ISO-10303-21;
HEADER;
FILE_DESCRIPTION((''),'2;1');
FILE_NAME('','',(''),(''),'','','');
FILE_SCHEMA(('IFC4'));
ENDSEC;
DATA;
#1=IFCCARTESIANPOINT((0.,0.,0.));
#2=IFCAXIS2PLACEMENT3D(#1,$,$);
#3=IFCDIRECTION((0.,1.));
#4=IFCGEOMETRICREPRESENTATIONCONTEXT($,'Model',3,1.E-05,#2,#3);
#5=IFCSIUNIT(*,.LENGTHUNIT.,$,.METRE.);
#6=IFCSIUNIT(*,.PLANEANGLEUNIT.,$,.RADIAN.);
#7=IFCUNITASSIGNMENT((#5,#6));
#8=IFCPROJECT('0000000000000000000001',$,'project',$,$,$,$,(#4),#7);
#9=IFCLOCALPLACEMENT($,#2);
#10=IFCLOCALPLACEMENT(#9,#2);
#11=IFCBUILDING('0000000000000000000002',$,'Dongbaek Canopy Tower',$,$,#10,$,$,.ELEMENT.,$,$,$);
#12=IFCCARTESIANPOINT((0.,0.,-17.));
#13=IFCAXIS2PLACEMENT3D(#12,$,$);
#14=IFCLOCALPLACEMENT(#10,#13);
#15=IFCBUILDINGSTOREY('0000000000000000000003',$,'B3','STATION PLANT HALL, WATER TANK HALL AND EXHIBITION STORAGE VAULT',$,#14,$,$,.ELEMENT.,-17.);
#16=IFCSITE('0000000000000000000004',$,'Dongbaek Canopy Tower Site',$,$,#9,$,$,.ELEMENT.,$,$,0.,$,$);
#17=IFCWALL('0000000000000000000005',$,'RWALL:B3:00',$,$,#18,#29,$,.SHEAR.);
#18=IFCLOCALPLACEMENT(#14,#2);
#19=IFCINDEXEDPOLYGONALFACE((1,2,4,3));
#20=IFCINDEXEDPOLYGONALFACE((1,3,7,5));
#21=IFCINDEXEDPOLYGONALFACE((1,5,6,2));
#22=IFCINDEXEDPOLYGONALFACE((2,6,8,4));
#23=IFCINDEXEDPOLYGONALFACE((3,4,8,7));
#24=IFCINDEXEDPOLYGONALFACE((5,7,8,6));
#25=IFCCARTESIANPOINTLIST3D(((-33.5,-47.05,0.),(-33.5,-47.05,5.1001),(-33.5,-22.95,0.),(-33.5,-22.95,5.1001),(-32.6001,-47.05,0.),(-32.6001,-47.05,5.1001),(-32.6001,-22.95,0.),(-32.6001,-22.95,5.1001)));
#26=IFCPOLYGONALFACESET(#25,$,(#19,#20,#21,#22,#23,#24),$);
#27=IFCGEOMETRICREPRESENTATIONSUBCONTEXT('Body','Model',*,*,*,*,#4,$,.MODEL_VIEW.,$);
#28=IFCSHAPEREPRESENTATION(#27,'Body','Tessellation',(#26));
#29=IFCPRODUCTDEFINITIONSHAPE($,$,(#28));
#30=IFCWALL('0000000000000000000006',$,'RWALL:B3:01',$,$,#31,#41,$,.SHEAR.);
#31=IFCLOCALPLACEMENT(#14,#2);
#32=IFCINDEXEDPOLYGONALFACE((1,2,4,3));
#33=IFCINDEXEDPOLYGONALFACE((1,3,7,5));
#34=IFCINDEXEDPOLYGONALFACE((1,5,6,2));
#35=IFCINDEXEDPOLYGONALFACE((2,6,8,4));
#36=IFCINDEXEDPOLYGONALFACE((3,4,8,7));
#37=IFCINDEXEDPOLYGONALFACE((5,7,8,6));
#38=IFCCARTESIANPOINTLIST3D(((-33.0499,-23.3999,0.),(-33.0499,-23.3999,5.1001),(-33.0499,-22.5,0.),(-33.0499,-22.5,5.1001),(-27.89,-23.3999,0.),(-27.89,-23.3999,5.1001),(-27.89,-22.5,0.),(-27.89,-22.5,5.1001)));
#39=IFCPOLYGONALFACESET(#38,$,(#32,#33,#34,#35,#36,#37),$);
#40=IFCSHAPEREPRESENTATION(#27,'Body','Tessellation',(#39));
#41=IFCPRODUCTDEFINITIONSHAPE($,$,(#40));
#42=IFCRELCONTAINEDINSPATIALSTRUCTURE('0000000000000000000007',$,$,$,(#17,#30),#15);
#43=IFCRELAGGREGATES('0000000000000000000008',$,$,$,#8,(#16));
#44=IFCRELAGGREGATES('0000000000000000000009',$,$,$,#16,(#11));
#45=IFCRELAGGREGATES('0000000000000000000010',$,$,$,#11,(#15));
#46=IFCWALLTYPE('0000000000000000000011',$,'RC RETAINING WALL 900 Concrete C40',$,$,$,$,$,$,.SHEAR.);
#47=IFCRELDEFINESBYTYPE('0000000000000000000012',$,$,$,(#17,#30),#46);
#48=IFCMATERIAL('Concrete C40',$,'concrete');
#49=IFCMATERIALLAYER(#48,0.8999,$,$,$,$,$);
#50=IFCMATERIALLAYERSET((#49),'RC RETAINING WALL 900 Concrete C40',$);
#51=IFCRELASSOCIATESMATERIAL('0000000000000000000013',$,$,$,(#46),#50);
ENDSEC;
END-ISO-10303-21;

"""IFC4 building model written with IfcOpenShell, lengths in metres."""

from ifc_helpers import new_model, si_unit, direction, frame, frame_2d, origin, place, context, subcontext, project, spatial, rectangle, extrude, material, layer, layer_set, type_object, element, save


model = new_model("IFC4")

# Units and contexts
model_context = context("Model", 3, precision=1e-05, world=origin(), true_north=direction((0.0, 1.0)))
body_context = subcontext(model_context, "Body", "Model", "MODEL_VIEW")
ifc_project = project(units=[si_unit("LENGTHUNIT", "METRE"), si_unit("PLANEANGLEUNIT", "RADIAN")], contexts=[model_context])

# Site, building, storey
site_placement = place(None, origin())
site = spatial("IfcSite", under=ifc_project, at=site_placement, Name="Dongbaek Canopy Tower Site", CompositionType="ELEMENT", RefElevation=0.0)
building_placement = place(site_placement, origin())
building = spatial("IfcBuilding", under=site, at=building_placement, Name="Dongbaek Canopy Tower", CompositionType="ELEMENT")
storey_placement = place(building_placement, frame((0.0, 0.0, -17.0)))
storey = spatial("IfcBuildingStorey", under=building, at=storey_placement, Name="B3", Description="STATION PLANT HALL, WATER TANK HALL AND EXHIBITION STORAGE VAULT", CompositionType="ELEMENT", Elevation=-17.0)

# Walls
ifc_material_1 = material(Name="Concrete C40", Category="concrete")
ifc_layer_1 = layer(ifc_material_1, 0.8999)
ifc_layer_set_1 = layer_set([ifc_layer_1], Name="RC RETAINING WALL 900 Concrete C40")
wall_type_1 = type_object("IfcWallType", Name="RC RETAINING WALL 900 Concrete C40", PredefinedType="SHEAR", material=ifc_layer_set_1)
wall_1_placement = place(storey_placement, frame((-33.05, -47.05, 0.0), z_axis=(0.0, 0.0, 1.0), x_axis=(0.0, 1.0, 0.0)))
element("IfcWall", 1, at=wall_1_placement, inside=storey, type_object=wall_type_1, Name="RWALL:B3:00", PredefinedType="SHEAR", context=body_context, shape_type="SweptSolid", body=[
    extrude(rectangle(XDim=24.1001, YDim=0.8999, at=frame_2d((12.05, 0.0))), origin(), (0.0, 0.0, 1.0), 5.1001),
])
wall_2_placement = place(storey_placement, frame((-33.05, -22.95, 0.0), z_axis=(0.0, 0.0, 1.0), x_axis=(1.0, 0.0, 0.0)))
element("IfcWall", 2, at=wall_2_placement, inside=storey, type_object=wall_type_1, Name="RWALL:B3:01", PredefinedType="SHEAR", context=body_context, shape_type="SweptSolid", body=[
    extrude(rectangle(XDim=5.1599, YDim=0.8999, at=frame_2d((2.5801, 0.0))), origin(), (0.0, 0.0, 1.0), 5.1001),
])

save(model, "model.ifc")
